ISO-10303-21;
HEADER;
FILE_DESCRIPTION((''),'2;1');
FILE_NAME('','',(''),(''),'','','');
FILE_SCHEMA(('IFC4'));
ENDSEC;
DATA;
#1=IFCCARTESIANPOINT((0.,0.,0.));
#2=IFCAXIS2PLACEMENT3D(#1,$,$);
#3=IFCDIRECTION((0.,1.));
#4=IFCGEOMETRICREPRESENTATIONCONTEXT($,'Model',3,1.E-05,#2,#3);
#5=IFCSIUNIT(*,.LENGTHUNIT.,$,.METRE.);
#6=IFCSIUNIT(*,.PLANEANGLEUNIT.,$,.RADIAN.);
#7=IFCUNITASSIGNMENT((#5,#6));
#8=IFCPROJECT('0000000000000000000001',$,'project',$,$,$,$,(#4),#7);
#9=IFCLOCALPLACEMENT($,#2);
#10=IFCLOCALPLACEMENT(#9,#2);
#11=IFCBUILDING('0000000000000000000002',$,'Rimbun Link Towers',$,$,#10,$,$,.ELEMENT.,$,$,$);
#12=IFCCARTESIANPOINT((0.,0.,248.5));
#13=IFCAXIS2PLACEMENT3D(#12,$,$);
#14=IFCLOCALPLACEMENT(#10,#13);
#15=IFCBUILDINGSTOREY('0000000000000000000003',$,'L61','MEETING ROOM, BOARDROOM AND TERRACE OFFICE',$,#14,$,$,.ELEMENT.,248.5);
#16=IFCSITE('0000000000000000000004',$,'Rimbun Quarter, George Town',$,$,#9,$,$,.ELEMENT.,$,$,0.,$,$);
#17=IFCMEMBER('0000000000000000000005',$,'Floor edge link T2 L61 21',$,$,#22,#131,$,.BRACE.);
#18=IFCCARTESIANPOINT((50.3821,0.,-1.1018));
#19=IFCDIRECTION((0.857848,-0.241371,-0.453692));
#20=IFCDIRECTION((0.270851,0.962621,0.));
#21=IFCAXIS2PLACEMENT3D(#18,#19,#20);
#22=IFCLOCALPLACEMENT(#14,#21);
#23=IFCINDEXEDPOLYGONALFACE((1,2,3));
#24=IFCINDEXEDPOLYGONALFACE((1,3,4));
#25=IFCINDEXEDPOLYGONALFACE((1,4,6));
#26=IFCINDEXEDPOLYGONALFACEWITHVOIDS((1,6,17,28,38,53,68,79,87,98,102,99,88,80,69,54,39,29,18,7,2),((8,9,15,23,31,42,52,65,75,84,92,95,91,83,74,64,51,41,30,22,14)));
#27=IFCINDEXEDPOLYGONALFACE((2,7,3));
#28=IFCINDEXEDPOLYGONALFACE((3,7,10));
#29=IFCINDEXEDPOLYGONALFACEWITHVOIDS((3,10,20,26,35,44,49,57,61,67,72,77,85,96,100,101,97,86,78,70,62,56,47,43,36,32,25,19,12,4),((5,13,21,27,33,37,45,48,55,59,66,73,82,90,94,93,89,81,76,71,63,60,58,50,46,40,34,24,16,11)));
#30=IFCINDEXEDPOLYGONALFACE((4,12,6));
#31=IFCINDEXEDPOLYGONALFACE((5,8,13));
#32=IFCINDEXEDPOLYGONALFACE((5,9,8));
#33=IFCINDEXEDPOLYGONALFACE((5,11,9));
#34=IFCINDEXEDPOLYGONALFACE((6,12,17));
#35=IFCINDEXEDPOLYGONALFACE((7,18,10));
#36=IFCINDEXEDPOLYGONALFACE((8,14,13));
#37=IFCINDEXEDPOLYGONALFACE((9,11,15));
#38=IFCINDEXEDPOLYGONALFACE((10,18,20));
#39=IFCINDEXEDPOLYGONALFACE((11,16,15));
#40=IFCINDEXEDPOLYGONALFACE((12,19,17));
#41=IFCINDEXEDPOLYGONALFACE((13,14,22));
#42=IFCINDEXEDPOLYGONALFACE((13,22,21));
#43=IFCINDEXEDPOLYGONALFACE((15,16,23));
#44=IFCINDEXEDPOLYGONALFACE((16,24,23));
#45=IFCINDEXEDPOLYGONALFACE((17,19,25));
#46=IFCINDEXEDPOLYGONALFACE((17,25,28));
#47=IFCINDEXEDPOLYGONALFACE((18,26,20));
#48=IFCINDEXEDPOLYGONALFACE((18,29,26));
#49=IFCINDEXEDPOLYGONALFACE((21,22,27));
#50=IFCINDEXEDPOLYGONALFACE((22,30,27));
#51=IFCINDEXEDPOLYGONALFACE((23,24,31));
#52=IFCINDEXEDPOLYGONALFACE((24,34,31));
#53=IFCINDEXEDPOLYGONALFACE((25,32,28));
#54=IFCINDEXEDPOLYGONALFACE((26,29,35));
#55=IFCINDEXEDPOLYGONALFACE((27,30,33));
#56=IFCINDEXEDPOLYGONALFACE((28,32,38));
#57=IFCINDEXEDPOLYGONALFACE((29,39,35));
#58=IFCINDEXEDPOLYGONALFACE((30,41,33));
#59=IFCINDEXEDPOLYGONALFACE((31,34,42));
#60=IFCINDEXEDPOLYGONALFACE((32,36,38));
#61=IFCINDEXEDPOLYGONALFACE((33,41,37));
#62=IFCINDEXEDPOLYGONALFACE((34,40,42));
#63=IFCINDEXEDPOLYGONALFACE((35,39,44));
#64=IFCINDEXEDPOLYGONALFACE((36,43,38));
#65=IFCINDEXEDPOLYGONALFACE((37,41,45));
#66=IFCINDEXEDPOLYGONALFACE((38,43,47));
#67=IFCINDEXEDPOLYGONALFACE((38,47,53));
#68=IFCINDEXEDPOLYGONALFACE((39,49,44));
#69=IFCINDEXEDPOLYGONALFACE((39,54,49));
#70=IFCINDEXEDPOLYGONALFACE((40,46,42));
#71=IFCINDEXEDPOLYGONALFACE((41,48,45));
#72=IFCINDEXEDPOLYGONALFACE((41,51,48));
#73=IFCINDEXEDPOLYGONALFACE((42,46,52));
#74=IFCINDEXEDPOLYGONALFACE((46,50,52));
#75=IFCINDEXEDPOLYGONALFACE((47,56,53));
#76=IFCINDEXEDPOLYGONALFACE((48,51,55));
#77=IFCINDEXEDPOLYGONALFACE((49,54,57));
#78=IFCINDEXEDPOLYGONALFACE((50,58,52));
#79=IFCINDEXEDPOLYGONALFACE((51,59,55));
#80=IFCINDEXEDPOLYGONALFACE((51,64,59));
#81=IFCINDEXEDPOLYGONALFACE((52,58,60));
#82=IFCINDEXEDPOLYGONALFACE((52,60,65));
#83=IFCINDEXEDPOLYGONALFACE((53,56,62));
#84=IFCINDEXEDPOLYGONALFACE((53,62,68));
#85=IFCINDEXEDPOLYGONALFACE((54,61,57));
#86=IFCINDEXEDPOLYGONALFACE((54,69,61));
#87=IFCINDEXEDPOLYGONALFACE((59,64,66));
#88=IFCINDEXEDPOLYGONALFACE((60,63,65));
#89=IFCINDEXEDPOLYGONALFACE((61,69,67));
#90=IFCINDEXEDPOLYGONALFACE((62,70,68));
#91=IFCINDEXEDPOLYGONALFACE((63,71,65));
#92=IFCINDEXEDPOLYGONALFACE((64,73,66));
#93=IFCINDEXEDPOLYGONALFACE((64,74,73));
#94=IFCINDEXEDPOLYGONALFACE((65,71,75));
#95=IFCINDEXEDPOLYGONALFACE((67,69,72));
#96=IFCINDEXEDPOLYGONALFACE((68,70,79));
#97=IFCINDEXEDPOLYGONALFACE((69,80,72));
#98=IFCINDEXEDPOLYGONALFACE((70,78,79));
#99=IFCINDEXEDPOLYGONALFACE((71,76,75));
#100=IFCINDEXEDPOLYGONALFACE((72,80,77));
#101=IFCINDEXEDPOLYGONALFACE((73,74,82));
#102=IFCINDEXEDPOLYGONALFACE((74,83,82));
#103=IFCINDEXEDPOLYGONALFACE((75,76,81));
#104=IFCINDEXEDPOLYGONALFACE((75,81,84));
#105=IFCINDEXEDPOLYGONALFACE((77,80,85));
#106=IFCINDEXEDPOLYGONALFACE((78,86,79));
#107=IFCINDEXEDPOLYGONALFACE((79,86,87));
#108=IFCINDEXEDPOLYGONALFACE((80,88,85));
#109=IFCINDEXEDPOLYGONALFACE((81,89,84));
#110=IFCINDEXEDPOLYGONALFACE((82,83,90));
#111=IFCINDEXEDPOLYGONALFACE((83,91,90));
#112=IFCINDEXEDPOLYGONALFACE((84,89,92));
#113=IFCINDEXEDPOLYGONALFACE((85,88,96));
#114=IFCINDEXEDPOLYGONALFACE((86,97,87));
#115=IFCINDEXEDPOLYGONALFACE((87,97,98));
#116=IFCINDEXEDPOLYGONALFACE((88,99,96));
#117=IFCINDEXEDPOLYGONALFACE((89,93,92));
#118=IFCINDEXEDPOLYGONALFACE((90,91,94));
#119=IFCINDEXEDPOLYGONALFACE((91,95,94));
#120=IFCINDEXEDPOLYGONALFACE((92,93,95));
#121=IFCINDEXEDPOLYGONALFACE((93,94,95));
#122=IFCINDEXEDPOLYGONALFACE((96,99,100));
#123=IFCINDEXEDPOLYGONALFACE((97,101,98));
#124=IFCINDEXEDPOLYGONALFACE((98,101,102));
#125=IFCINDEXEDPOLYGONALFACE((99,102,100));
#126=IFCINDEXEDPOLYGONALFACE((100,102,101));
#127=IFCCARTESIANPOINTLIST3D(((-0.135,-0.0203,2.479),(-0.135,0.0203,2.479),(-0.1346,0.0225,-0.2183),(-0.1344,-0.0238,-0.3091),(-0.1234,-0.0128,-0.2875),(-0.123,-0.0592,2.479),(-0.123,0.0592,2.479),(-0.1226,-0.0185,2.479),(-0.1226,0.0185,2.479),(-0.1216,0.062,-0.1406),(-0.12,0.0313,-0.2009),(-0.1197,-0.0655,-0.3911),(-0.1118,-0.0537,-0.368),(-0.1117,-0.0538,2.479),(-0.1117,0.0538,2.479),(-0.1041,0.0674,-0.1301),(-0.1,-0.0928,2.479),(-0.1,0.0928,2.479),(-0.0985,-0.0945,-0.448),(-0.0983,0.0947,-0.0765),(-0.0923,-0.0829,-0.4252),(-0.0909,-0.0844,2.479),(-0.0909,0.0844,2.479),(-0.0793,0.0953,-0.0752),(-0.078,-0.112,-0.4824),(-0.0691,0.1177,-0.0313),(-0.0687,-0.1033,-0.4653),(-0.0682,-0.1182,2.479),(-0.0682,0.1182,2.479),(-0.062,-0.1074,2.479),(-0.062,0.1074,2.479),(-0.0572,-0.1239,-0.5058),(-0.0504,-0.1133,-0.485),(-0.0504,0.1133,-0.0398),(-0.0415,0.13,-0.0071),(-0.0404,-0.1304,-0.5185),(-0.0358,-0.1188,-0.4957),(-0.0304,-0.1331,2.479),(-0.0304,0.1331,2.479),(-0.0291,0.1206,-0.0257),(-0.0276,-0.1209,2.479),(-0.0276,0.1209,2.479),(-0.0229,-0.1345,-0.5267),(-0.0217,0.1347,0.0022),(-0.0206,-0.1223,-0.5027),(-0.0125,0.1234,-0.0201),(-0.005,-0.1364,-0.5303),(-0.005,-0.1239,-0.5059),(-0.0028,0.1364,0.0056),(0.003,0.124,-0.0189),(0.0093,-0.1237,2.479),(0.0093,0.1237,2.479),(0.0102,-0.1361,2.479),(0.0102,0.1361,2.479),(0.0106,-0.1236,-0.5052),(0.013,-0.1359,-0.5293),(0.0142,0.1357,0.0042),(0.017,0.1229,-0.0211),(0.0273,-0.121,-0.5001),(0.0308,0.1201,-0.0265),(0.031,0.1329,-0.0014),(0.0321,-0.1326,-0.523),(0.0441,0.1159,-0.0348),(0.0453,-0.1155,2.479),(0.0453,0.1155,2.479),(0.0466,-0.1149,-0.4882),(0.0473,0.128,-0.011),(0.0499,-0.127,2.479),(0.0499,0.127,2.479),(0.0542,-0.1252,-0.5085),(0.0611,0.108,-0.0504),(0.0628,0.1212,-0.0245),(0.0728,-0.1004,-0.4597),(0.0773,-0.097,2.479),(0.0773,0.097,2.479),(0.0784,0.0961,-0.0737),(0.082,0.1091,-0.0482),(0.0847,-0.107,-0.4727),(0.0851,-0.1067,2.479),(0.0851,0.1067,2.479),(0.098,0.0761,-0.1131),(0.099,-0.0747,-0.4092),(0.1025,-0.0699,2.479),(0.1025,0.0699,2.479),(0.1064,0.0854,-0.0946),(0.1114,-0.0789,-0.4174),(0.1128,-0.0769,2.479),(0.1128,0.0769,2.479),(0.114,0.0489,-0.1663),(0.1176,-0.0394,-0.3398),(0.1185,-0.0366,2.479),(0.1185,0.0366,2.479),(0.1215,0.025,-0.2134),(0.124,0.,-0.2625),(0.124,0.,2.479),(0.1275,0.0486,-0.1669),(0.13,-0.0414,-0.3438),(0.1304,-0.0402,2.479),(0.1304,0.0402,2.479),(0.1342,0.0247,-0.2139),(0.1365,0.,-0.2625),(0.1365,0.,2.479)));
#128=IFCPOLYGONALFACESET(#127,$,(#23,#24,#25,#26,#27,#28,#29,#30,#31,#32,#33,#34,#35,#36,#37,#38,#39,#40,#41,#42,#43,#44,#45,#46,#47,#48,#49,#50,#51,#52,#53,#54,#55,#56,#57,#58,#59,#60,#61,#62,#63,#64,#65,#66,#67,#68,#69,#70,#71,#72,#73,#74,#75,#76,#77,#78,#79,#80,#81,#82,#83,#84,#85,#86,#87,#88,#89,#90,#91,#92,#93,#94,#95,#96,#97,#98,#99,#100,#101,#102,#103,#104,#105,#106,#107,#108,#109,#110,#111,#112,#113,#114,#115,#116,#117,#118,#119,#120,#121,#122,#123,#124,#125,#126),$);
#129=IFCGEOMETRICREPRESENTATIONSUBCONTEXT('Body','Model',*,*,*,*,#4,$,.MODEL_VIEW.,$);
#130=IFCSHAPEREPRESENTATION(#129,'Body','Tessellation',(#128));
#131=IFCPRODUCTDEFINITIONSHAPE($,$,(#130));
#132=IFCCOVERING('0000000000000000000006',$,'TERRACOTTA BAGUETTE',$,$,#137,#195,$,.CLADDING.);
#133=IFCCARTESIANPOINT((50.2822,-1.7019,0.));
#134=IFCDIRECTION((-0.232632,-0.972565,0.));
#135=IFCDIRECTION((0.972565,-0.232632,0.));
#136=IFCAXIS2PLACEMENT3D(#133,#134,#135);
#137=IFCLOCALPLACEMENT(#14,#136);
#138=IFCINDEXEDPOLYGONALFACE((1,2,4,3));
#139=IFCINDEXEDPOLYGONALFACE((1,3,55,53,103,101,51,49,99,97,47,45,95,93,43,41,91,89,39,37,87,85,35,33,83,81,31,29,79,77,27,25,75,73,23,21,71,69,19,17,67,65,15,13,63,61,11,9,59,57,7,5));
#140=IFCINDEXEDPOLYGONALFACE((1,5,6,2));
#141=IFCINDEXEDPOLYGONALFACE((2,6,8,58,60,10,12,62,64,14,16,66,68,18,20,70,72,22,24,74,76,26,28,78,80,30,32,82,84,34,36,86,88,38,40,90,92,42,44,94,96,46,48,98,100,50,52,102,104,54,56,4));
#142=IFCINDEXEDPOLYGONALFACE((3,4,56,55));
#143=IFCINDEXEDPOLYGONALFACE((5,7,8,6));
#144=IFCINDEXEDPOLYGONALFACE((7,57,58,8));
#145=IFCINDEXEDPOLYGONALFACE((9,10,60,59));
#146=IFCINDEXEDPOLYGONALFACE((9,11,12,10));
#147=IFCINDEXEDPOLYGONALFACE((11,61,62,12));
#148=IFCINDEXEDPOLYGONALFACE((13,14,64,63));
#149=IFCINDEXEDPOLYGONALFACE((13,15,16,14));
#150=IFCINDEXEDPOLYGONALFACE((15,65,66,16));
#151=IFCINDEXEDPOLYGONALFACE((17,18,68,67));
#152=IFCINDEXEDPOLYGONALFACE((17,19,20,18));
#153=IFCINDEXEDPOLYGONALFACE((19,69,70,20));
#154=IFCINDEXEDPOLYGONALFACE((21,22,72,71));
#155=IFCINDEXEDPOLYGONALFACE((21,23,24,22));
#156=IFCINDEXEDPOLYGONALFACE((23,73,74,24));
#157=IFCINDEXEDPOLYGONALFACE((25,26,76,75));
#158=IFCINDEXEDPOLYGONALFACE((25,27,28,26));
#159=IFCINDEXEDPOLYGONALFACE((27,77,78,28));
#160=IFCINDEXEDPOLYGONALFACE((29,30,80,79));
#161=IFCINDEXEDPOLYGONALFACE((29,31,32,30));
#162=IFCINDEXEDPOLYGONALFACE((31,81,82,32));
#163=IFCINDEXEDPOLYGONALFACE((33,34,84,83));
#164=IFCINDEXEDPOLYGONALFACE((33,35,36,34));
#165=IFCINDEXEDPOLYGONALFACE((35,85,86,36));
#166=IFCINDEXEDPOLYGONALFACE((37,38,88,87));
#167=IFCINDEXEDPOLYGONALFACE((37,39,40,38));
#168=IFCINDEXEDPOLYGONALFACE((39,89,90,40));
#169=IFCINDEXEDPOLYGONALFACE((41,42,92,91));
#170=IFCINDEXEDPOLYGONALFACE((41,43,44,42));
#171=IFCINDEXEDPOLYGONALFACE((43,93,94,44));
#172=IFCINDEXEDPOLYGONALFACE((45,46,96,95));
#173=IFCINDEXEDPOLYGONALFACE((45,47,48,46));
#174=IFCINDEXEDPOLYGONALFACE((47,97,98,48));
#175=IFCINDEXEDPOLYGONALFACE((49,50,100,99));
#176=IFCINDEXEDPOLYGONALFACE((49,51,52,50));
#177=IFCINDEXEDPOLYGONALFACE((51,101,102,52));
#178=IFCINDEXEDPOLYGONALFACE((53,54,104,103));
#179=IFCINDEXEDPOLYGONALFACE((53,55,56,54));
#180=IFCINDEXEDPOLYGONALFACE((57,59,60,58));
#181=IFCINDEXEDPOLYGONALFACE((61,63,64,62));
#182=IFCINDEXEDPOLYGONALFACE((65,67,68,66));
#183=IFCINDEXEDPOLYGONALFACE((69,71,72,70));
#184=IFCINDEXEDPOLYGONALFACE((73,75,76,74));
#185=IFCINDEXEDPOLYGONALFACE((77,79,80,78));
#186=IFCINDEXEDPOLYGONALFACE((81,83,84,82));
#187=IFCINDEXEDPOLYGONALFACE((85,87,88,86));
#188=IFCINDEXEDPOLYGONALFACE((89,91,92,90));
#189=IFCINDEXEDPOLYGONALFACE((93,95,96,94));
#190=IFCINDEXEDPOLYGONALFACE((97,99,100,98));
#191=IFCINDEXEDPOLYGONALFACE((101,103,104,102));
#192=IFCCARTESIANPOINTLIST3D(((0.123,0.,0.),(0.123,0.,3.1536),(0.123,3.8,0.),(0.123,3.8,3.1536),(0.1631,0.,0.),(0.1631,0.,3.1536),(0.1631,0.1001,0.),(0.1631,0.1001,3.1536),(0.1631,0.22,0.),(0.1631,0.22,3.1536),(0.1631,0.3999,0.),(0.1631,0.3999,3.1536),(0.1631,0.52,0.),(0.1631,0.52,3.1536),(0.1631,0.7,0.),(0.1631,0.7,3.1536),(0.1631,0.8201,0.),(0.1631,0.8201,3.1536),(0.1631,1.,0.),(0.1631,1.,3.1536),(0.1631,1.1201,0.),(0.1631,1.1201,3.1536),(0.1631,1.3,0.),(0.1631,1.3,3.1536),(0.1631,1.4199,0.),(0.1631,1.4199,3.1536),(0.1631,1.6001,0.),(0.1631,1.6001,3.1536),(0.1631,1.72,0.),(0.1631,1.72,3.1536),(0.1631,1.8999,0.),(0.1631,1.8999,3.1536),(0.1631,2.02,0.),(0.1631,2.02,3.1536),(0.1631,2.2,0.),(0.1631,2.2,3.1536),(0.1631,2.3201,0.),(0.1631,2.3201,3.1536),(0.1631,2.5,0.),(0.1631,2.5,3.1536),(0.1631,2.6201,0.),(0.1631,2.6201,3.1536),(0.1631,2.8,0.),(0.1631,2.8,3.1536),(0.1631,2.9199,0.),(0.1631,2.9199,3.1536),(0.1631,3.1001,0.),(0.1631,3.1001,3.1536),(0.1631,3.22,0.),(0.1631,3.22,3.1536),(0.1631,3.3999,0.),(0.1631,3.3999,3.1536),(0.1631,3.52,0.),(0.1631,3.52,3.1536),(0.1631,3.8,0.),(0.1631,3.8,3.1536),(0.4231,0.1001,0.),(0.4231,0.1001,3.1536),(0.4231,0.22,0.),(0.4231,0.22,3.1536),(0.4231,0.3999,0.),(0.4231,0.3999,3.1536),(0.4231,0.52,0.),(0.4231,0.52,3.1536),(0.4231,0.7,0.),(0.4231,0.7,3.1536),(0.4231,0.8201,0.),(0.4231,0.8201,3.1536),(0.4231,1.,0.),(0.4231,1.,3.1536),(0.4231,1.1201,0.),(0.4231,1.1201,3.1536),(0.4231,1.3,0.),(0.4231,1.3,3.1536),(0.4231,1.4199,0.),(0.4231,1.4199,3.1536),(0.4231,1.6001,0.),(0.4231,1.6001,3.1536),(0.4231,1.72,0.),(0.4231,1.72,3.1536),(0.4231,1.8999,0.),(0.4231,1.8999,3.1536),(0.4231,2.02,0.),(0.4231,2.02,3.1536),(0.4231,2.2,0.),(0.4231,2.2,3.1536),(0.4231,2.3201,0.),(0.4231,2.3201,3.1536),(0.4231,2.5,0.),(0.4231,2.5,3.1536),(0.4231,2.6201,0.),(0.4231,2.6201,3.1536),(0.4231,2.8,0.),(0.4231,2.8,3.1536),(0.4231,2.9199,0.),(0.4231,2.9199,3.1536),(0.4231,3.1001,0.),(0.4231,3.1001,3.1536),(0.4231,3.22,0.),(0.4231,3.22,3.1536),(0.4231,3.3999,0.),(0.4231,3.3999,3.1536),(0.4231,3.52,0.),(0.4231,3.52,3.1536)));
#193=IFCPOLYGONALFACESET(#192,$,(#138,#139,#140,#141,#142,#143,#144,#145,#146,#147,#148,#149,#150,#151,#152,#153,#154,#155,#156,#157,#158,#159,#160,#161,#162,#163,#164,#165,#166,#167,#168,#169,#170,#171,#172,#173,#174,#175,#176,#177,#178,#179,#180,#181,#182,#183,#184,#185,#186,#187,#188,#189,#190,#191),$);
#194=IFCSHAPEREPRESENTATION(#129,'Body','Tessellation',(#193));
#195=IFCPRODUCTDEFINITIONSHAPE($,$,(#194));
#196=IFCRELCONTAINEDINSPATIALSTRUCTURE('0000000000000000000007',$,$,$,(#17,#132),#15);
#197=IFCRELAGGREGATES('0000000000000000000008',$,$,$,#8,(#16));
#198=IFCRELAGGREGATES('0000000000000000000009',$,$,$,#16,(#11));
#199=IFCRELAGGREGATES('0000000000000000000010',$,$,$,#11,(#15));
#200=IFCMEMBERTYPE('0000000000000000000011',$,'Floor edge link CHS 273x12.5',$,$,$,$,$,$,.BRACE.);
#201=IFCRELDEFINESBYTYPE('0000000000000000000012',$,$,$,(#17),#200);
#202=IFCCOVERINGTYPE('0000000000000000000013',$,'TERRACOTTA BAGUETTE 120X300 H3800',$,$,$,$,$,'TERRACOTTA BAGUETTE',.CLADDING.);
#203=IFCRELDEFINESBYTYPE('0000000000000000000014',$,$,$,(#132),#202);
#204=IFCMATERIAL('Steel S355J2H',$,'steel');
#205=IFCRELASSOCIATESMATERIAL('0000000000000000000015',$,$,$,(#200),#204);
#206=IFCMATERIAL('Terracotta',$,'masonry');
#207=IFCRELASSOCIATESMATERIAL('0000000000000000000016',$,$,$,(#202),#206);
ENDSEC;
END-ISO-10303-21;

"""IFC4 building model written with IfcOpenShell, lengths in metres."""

from ifc_helpers import new_model, si_unit, direction, frame, origin, origin_2d, place, context, subcontext, project, spatial, polyline, hollow_circle, outline, extrude, clip, halfspace, material, material_profile, profile_set, type_object, element, save


model = new_model("IFC4")

# Units and contexts
model_context = context("Model", 3, precision=1e-05, world=origin(), true_north=direction((0.0, 1.0)))
body_context = subcontext(model_context, "Body", "Model", "MODEL_VIEW")
ifc_project = project(units=[si_unit("LENGTHUNIT", "METRE"), si_unit("PLANEANGLEUNIT", "RADIAN")], contexts=[model_context])

# Site, building, storey
site_placement = place(None, origin())
site = spatial("IfcSite", under=ifc_project, at=site_placement, Name="Rimbun Quarter, George Town", CompositionType="ELEMENT", RefElevation=0.0)
building_placement = place(site_placement, origin())
building = spatial("IfcBuilding", under=site, at=building_placement, Name="Rimbun Link Towers", CompositionType="ELEMENT")
storey_placement = place(building_placement, frame((0.0, 0.0, 248.5)))
storey = spatial("IfcBuildingStorey", under=building, at=storey_placement, Name="L61", Description="MEETING ROOM, BOARDROOM AND TERRACE OFFICE", CompositionType="ELEMENT", Elevation=248.5)

# Member
ifc_material_1 = material(Name="Steel S355J2H", Category="steel")
ifc_material_profile_1 = material_profile(ifc_material_1, hollow_circle(Radius=0.1365, WallThickness=0.0125, at=origin_2d()), Name="CHS 273x12.5")
ifc_profile_set_1 = profile_set([ifc_material_profile_1], Name="Steel S355J2H")
member_type_1 = type_object("IfcMemberType", Name="Floor edge link CHS 273x12.5", PredefinedType="BRACE", material=ifc_profile_set_1)
member_1_placement = place(storey_placement, frame((50.3821, 0.0, -1.1018), z_axis=(0.857848, -0.241371, -0.453692), x_axis=(0.270851, 0.962621, 0.0)))
element("IfcMember", 1, at=member_1_placement, inside=storey, type_object=member_type_1, Name="Floor edge link T2 L61 21", PredefinedType="BRACE", context=body_context, shape_type="Clipping", body=[
    clip(extrude(hollow_circle(Radius=0.1365, WallThickness=0.0125, at=origin_2d()), frame((0.0, 0.0, -0.5583)), (0.0, 0.0, 1.0), 3.0374), halfspace(frame((0.0, 0.0, -0.2625), z_axis=(0.0, 0.891159, -0.453692)), False)),
])

# Covering
ifc_material_2 = material(Name="Terracotta", Category="masonry")
ifc_material_profile_2 = material_profile(ifc_material_2, outline(polyline([(0.123, 0.0), (0.1631, 0.0), (0.1631, 0.1001), (0.4231, 0.1001), (0.4231, 0.22), (0.1631, 0.22), (0.1631, 0.3999), (0.4231, 0.3999), (0.4231, 0.52), (0.1631, 0.52), (0.1631, 0.7), (0.4231, 0.7), (0.4231, 0.8201), (0.1631, 0.8201), (0.1631, 1.0), (0.4231, 1.0), (0.4231, 1.1201), (0.1631, 1.1201), (0.1631, 1.3), (0.4231, 1.3), (0.4231, 1.4199), (0.1631, 1.4199), (0.1631, 1.6001), (0.4231, 1.6001), (0.4231, 1.72), (0.1631, 1.72), (0.1631, 1.8999), (0.4231, 1.8999), (0.4231, 2.02), (0.1631, 2.02), (0.1631, 2.2), (0.4231, 2.2), (0.4231, 2.3201), (0.1631, 2.3201), (0.1631, 2.5), (0.4231, 2.5), (0.4231, 2.6201), (0.1631, 2.6201), (0.1631, 2.8), (0.4231, 2.8), (0.4231, 2.9199), (0.1631, 2.9199), (0.1631, 3.1001), (0.4231, 3.1001), (0.4231, 3.22), (0.1631, 3.22), (0.1631, 3.3999), (0.4231, 3.3999), (0.4231, 3.52), (0.1631, 3.52), (0.1631, 3.8), (0.123, 3.8), (0.123, 0.0)])), Name="BAGUETTE 120X300")
ifc_profile_set_2 = profile_set([ifc_material_profile_2], Name="Terracotta")
covering_type = type_object("IfcCoveringType", Name="TERRACOTTA BAGUETTE 120X300 H3800", ElementType="TERRACOTTA BAGUETTE", PredefinedType="CLADDING", material=ifc_profile_set_2)
covering_1_placement = place(storey_placement, frame((50.2822, -1.7019, 0.0), z_axis=(-0.232632, -0.972565, 0.0), x_axis=(0.972565, -0.232632, 0.0)))
element("IfcCovering", 2, at=covering_1_placement, inside=storey, type_object=covering_type, Name="TERRACOTTA BAGUETTE", PredefinedType="CLADDING", context=body_context, shape_type="SweptSolid", body=[
    extrude(outline(polyline([(0.123, 0.0), (0.1631, 0.0), (0.1631, 0.1001), (0.4231, 0.1001), (0.4231, 0.22), (0.1631, 0.22), (0.1631, 0.3999), (0.4231, 0.3999), (0.4231, 0.52), (0.1631, 0.52), (0.1631, 0.7), (0.4231, 0.7), (0.4231, 0.8201), (0.1631, 0.8201), (0.1631, 1.0), (0.4231, 1.0), (0.4231, 1.1201), (0.1631, 1.1201), (0.1631, 1.3), (0.4231, 1.3), (0.4231, 1.4199), (0.1631, 1.4199), (0.1631, 1.6001), (0.4231, 1.6001), (0.4231, 1.72), (0.1631, 1.72), (0.1631, 1.8999), (0.4231, 1.8999), (0.4231, 2.02), (0.1631, 2.02), (0.1631, 2.2), (0.4231, 2.2), (0.4231, 2.3201), (0.1631, 2.3201), (0.1631, 2.5), (0.4231, 2.5), (0.4231, 2.6201), (0.1631, 2.6201), (0.1631, 2.8), (0.4231, 2.8), (0.4231, 2.9199), (0.1631, 2.9199), (0.1631, 3.1001), (0.4231, 3.1001), (0.4231, 3.22), (0.1631, 3.22), (0.1631, 3.3999), (0.4231, 3.3999), (0.4231, 3.52), (0.1631, 3.52), (0.1631, 3.8), (0.123, 3.8), (0.123, 0.0)])), origin(), (0.0, 0.0, 1.0), 3.1536),
])

save(model, "model.ifc")
